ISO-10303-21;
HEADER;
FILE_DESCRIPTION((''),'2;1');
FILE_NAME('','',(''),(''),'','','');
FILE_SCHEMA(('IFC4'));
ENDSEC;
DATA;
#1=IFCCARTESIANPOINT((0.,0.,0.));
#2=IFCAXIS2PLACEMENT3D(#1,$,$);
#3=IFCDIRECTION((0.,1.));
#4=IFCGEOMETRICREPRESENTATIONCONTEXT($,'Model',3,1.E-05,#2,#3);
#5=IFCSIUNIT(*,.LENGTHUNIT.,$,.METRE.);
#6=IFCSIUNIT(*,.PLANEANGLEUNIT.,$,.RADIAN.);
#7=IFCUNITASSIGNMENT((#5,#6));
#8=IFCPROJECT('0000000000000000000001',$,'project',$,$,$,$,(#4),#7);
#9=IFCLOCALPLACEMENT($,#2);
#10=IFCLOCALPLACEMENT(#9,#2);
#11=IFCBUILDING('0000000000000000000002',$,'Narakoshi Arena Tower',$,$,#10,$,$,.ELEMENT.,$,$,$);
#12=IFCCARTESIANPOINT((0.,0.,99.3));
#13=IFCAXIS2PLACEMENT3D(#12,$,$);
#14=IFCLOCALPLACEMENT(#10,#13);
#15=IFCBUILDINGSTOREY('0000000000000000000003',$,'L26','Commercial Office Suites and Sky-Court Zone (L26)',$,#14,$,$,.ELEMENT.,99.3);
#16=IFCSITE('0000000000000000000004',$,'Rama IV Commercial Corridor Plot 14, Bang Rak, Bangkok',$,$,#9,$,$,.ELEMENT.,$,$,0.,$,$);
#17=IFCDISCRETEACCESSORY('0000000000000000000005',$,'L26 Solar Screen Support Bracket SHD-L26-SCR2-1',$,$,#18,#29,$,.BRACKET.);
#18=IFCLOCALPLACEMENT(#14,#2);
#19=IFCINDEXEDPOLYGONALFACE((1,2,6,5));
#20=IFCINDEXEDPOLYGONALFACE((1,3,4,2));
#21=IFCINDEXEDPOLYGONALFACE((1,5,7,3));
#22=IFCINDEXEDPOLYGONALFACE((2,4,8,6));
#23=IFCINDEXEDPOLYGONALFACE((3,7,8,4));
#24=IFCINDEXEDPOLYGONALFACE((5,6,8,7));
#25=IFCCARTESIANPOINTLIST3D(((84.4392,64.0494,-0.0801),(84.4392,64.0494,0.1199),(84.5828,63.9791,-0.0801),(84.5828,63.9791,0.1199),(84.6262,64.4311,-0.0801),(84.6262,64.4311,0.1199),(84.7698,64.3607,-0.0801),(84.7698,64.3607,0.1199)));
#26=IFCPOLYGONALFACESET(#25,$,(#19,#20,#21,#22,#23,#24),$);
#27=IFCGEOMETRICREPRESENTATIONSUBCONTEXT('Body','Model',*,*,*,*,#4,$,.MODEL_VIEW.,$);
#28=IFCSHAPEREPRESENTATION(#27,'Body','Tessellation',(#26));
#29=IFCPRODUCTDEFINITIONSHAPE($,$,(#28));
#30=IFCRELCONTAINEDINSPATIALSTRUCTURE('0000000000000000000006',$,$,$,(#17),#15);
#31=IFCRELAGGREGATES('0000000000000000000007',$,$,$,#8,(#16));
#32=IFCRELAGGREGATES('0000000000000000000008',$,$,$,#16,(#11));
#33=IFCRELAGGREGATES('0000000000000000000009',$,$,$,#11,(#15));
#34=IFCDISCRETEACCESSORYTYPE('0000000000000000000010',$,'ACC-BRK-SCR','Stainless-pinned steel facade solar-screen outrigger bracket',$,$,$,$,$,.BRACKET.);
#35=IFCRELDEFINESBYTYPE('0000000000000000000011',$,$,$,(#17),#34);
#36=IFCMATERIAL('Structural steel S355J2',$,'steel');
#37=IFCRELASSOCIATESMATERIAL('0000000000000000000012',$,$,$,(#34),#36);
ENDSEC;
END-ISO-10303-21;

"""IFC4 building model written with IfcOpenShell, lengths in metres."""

from ifc_helpers import new_model, si_unit, direction, frame, origin, origin_2d, place, context, subcontext, project, spatial, rectangle, extrude, material, type_object, element, save


model = new_model("IFC4")

# Units and contexts
model_context = context("Model", 3, precision=1e-05, world=origin(), true_north=direction((0.0, 1.0)))
body_context = subcontext(model_context, "Body", "Model", "MODEL_VIEW")
ifc_project = project(units=[si_unit("LENGTHUNIT", "METRE"), si_unit("PLANEANGLEUNIT", "RADIAN")], contexts=[model_context])

# Site, building, storey
site_placement = place(None, origin())
site = spatial("IfcSite", under=ifc_project, at=site_placement, Name="Rama IV Commercial Corridor Plot 14, Bang Rak, Bangkok", CompositionType="ELEMENT", RefElevation=0.0)
building_placement = place(site_placement, origin())
building = spatial("IfcBuilding", under=site, at=building_placement, Name="Narakoshi Arena Tower", CompositionType="ELEMENT")
storey_placement = place(building_placement, frame((0.0, 0.0, 99.3)))
storey = spatial("IfcBuildingStorey", under=building, at=storey_placement, Name="L26", Description="Commercial Office Suites and Sky-Court Zone (L26)", CompositionType="ELEMENT", Elevation=99.3)

# Shared definitions
ifc_material_1 = material(Name="Structural steel S355J2", Category="steel")

# Discrete accessory
discrete_accessory_type = type_object("IfcDiscreteAccessoryType", Name="ACC-BRK-SCR", Description="Stainless-pinned steel facade solar-screen outrigger bracket", PredefinedType="BRACKET", material=ifc_material_1)
discrete_accessory_placement = place(storey_placement, frame((84.6045, 64.2051, -0.0801), z_axis=(0.0, 0.0, 1.0), x_axis=(-0.897997, 0.440002, 0.0)))
element("IfcDiscreteAccessory", 1, at=discrete_accessory_placement, inside=storey, type_object=discrete_accessory_type, Name="L26 Solar Screen Support Bracket SHD-L26-SCR2-1", PredefinedType="BRACKET", context=body_context, shape_type="SweptSolid", body=[
    extrude(rectangle(XDim=0.1599, YDim=0.425, at=origin_2d()), origin(), (0.0, 0.0, 1.0), 0.2),
])

save(model, "model.ifc")
